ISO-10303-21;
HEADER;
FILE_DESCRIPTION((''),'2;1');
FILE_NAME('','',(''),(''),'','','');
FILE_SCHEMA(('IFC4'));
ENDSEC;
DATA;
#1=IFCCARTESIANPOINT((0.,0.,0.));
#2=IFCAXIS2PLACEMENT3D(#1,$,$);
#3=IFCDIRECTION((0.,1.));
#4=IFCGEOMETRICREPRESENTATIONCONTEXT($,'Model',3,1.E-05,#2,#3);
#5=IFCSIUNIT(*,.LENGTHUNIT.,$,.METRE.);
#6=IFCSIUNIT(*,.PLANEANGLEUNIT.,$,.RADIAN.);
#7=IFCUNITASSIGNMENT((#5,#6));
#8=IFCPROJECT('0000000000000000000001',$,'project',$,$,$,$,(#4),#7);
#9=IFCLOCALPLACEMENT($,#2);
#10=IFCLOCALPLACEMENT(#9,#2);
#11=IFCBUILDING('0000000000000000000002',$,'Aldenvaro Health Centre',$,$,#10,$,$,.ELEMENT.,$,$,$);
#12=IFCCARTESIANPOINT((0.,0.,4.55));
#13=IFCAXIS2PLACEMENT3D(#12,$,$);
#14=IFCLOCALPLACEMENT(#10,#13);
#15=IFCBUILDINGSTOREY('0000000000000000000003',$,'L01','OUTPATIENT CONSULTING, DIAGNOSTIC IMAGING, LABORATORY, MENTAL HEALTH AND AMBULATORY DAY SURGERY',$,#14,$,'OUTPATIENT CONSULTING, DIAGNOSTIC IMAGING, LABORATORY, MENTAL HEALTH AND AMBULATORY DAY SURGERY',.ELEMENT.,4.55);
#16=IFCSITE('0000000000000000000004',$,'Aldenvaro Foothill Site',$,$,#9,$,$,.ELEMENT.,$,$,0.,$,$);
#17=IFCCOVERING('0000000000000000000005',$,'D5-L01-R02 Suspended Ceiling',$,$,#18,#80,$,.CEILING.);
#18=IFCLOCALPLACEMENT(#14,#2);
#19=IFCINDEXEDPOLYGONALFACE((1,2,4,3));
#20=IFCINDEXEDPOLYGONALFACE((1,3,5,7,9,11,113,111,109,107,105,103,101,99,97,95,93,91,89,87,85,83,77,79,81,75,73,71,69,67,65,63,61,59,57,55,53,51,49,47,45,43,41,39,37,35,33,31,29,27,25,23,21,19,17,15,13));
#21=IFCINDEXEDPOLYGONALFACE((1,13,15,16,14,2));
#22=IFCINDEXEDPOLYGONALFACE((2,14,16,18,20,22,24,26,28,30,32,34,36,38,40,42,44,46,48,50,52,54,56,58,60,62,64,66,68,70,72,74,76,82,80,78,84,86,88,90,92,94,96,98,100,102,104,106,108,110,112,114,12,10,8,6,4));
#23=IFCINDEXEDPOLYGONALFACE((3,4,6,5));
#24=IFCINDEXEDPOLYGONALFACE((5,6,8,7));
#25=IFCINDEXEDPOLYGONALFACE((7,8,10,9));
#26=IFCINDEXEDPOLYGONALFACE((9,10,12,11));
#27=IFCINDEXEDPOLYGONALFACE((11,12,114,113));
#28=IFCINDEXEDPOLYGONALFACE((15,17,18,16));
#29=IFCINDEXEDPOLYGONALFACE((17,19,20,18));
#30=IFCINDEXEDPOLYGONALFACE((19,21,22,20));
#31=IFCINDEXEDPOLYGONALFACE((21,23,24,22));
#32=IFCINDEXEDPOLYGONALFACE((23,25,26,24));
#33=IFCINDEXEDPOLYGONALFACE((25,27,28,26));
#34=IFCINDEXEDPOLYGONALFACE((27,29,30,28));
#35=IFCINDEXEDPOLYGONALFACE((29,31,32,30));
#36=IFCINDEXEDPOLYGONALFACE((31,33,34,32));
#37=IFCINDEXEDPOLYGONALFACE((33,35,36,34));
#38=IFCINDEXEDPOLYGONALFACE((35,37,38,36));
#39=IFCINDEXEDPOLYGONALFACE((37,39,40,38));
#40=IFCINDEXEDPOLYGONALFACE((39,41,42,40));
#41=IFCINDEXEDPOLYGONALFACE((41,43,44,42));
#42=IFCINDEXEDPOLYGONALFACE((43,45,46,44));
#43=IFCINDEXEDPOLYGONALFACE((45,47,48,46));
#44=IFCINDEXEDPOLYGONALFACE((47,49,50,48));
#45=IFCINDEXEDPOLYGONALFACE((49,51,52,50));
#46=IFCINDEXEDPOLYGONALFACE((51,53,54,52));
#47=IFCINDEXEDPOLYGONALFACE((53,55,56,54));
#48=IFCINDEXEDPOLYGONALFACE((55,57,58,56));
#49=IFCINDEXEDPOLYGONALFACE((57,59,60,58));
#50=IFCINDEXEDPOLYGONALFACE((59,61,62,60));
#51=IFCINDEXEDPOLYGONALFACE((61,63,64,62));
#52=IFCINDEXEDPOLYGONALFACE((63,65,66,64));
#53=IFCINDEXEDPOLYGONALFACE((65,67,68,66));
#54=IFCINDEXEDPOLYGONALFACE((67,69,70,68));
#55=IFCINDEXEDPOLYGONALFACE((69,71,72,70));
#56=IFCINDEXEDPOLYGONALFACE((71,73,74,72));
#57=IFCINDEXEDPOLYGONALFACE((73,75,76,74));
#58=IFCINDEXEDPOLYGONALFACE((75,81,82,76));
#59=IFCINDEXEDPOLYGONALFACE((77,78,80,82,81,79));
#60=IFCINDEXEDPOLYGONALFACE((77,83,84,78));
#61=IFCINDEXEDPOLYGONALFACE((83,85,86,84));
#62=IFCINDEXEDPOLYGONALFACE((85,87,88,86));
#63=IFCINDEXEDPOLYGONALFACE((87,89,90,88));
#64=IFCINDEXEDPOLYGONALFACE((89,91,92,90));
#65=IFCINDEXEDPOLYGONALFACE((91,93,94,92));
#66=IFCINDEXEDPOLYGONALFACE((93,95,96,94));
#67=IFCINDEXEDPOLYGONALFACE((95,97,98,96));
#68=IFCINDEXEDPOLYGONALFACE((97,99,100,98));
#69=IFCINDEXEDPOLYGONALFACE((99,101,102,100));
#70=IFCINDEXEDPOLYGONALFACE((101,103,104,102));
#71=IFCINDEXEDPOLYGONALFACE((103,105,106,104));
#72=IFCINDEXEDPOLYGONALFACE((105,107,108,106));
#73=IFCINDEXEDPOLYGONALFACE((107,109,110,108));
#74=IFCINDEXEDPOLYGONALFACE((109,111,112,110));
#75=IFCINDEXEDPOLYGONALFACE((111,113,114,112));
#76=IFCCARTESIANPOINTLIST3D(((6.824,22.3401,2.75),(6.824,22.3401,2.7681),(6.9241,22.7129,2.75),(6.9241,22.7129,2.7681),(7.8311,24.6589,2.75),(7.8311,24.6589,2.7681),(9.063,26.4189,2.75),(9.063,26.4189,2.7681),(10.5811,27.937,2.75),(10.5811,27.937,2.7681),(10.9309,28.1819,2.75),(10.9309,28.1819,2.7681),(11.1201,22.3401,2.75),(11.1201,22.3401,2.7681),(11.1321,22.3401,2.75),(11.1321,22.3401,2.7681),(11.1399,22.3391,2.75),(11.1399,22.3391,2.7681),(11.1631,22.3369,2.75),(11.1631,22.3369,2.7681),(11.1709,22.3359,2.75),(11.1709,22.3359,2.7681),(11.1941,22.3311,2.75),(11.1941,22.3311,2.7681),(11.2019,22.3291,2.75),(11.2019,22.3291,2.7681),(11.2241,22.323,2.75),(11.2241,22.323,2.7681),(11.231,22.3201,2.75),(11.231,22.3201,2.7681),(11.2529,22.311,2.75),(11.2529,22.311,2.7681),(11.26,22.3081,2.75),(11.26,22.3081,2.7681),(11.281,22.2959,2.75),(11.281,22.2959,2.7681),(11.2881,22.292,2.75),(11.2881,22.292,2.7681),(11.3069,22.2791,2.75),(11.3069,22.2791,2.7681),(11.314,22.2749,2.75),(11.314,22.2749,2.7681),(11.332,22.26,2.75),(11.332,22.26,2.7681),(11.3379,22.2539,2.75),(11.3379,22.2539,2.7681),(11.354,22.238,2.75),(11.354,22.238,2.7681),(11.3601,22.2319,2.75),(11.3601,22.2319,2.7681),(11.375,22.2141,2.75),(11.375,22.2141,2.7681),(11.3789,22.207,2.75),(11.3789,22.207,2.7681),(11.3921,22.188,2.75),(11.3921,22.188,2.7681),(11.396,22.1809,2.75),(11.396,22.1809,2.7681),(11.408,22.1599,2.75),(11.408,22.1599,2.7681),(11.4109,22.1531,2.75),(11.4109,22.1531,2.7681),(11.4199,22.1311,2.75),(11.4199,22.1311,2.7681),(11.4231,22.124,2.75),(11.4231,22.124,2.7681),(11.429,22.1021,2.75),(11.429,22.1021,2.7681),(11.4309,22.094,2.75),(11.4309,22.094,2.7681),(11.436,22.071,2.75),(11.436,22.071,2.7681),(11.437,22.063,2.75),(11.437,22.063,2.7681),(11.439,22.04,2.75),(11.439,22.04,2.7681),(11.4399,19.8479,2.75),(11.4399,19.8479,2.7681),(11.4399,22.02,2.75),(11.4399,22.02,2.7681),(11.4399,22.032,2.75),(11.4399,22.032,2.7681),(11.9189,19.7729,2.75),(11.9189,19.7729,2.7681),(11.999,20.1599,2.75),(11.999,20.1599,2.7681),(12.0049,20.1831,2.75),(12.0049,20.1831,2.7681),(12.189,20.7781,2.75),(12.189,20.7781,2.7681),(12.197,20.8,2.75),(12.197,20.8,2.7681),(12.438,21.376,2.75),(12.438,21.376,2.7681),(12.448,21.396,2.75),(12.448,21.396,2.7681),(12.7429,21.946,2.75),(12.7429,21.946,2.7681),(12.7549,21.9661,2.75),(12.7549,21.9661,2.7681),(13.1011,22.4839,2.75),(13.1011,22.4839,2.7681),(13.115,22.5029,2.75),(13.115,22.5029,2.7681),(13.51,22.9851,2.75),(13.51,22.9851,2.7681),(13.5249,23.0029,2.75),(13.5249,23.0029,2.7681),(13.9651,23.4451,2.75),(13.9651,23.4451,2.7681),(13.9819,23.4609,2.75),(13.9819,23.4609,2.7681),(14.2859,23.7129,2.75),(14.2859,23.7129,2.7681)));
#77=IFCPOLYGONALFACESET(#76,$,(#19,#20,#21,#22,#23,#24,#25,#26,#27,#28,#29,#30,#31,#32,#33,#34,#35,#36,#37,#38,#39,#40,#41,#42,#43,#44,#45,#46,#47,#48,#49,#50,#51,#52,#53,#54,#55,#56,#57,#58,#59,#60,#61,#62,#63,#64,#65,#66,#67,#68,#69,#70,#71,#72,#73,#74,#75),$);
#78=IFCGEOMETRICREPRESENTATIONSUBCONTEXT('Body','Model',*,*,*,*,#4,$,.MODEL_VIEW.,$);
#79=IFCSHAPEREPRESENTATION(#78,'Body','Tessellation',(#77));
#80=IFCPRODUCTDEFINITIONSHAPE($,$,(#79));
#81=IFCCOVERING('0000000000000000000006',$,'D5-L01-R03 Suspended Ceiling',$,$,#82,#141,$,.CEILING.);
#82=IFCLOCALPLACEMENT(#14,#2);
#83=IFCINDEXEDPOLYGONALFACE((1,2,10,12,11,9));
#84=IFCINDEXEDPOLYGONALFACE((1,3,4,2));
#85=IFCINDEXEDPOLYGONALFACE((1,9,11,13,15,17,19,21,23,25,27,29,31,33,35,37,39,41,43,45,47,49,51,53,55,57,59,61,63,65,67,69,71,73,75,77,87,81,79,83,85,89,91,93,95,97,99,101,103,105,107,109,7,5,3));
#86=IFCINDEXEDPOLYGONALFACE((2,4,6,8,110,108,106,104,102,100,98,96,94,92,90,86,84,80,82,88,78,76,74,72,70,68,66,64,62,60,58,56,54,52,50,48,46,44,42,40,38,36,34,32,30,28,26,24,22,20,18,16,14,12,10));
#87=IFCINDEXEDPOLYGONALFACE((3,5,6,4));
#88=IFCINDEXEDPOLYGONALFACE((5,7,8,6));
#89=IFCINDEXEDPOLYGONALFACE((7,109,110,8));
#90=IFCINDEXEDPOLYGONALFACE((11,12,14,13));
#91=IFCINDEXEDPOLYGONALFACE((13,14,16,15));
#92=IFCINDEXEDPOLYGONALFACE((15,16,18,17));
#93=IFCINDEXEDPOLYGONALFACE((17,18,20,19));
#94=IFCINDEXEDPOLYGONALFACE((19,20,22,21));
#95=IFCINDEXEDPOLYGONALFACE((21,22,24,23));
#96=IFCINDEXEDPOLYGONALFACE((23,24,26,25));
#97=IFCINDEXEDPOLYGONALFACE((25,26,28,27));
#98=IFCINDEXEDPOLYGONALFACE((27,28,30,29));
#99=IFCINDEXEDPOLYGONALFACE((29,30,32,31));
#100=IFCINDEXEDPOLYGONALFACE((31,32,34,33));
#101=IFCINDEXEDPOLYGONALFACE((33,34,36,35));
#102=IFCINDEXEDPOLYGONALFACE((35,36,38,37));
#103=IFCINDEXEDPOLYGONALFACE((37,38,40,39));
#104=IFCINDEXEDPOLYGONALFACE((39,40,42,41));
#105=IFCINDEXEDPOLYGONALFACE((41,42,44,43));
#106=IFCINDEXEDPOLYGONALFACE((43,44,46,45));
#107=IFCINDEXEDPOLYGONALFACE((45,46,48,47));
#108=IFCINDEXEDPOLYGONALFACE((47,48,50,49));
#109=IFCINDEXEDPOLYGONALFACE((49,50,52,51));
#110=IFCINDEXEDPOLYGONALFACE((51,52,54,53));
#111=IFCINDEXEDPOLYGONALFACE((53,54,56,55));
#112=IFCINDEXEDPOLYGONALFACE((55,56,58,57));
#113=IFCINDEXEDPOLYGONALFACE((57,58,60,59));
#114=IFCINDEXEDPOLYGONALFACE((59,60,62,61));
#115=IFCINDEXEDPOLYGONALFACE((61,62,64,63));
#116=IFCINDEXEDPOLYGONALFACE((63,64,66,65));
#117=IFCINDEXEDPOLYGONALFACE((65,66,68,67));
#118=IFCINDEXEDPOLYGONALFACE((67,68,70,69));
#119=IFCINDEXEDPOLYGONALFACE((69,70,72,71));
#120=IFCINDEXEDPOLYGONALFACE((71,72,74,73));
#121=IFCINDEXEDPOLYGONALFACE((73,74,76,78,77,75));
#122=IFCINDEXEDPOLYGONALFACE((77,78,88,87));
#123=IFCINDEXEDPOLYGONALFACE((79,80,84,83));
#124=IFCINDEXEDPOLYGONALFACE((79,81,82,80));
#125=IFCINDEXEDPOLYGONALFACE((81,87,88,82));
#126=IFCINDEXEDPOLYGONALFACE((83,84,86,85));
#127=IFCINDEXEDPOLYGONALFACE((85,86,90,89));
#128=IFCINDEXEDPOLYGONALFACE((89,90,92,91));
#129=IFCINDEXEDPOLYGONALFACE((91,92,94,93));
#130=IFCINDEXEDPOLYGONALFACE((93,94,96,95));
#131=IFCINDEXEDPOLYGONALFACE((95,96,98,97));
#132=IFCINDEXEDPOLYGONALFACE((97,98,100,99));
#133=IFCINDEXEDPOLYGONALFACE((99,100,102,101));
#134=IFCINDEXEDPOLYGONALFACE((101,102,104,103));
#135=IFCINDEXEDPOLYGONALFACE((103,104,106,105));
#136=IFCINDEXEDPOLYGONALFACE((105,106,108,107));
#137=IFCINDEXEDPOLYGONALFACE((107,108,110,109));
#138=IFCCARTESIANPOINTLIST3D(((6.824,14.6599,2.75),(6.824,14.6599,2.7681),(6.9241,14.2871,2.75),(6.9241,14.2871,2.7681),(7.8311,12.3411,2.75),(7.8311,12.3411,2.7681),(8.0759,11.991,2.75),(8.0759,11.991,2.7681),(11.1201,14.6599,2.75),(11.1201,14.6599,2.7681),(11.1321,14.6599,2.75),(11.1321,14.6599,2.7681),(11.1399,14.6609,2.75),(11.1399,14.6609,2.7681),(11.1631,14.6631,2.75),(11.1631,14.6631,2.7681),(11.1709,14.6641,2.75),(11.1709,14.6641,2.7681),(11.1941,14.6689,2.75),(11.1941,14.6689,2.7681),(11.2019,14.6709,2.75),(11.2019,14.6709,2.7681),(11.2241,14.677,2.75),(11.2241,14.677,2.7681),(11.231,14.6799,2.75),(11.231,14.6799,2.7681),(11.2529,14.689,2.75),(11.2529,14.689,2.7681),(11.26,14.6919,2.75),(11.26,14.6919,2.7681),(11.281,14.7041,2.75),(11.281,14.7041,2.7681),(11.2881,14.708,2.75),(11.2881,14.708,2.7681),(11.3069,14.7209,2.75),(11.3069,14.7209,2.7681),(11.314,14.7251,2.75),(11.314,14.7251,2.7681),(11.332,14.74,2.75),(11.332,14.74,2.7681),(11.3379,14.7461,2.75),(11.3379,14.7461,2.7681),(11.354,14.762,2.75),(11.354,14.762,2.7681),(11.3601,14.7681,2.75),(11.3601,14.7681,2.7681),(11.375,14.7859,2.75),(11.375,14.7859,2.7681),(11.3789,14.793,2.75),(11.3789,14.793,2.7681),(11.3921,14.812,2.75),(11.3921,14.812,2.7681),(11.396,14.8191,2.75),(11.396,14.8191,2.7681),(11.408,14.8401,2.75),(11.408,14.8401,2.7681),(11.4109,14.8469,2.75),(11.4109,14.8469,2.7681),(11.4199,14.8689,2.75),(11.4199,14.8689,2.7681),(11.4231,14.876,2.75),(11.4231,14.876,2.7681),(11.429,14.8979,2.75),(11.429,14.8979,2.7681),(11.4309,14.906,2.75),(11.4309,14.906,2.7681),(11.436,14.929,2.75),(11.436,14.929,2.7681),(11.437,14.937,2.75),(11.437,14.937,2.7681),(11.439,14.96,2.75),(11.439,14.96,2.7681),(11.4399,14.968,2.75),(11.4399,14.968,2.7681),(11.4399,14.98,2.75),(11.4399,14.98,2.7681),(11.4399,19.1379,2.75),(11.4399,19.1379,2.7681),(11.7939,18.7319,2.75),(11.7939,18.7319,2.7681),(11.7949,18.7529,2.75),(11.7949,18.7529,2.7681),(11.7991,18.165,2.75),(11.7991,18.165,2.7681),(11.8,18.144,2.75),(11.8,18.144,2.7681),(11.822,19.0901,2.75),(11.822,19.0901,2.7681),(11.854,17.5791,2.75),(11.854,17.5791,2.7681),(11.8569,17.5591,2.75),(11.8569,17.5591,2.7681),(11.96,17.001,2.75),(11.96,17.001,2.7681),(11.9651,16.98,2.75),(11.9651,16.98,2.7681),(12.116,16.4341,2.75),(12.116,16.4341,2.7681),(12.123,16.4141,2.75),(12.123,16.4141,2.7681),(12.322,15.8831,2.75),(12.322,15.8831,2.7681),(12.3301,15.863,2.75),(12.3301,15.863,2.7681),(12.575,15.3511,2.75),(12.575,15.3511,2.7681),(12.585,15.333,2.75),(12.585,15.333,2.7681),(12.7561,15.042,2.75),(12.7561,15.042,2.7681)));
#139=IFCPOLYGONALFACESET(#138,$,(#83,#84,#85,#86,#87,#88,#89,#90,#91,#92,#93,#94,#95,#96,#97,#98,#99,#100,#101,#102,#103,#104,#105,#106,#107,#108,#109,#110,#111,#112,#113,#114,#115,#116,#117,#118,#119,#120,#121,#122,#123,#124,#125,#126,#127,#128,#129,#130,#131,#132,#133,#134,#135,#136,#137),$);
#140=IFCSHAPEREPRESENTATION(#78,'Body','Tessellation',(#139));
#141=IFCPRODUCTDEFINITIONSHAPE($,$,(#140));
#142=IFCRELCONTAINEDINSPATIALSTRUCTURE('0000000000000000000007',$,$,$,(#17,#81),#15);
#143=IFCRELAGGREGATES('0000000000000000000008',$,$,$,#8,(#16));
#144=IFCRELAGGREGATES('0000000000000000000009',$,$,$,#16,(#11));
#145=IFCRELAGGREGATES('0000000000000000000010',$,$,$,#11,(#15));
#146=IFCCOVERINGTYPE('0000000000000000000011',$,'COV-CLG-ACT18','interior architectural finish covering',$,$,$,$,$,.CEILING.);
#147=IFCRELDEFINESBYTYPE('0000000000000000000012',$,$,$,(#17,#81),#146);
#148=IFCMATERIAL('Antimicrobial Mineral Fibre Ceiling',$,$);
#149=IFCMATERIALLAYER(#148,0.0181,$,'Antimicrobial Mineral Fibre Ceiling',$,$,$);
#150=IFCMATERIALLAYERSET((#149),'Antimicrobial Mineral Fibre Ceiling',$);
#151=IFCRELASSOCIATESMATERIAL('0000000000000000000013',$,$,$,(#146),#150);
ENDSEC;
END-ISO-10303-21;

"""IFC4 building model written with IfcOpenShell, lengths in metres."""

from ifc_helpers import new_model, si_unit, direction, frame, origin, place, context, subcontext, project, spatial, polyline, outline, extrude, material, layer, layer_set, type_object, element, save


model = new_model("IFC4")

# Units and contexts
model_context = context("Model", 3, precision=1e-05, world=origin(), true_north=direction((0.0, 1.0)))
body_context = subcontext(model_context, "Body", "Model", "MODEL_VIEW")
ifc_project = project(units=[si_unit("LENGTHUNIT", "METRE"), si_unit("PLANEANGLEUNIT", "RADIAN")], contexts=[model_context])

# Site, building, storey
site_placement = place(None, origin())
site = spatial("IfcSite", under=ifc_project, at=site_placement, Name="Aldenvaro Foothill Site", CompositionType="ELEMENT", RefElevation=0.0)
building_placement = place(site_placement, origin())
building = spatial("IfcBuilding", under=site, at=building_placement, Name="Aldenvaro Health Centre", CompositionType="ELEMENT")
storey_placement = place(building_placement, frame((0.0, 0.0, 4.55)))
storey = spatial("IfcBuildingStorey", under=building, at=storey_placement, Name="L01", Description="OUTPATIENT CONSULTING, DIAGNOSTIC IMAGING, LABORATORY, MENTAL HEALTH AND AMBULATORY DAY SURGERY", LongName="OUTPATIENT CONSULTING, DIAGNOSTIC IMAGING, LABORATORY, MENTAL HEALTH AND AMBULATORY DAY SURGERY", CompositionType="ELEMENT", Elevation=4.55)

# Coverings
ifc_material_1 = material(Name="Antimicrobial Mineral Fibre Ceiling")
ifc_layer_1 = layer(ifc_material_1, 0.0181, Name="Antimicrobial Mineral Fibre Ceiling")
ifc_layer_set_1 = layer_set([ifc_layer_1], Name="Antimicrobial Mineral Fibre Ceiling")
covering_type_1 = type_object("IfcCoveringType", Name="COV-CLG-ACT18", Description="interior architectural finish covering", PredefinedType="CEILING", material=ifc_layer_set_1)
covering_1_placement = place(storey_placement, frame((0.0, 0.0, 2.75)))
element("IfcCovering", 1, at=covering_1_placement, inside=storey, type_object=covering_type_1, Name="D5-L01-R02 Suspended Ceiling", PredefinedType="CEILING", context=body_context, shape_type="SweptSolid", body=[
    extrude(outline(polyline([(13.9819, 23.4609), (13.9651, 23.4451), (13.5249, 23.0029), (13.51, 22.9851), (13.115, 22.5029), (13.1011, 22.4839), (12.7549, 21.9661), (12.7429, 21.946), (12.448, 21.396), (12.438, 21.376), (12.197, 20.8), (12.189, 20.7781), (12.0049, 20.1831), (11.999, 20.1599), (11.9189, 19.7729), (11.4399, 19.8479), (11.4399, 22.02), (11.4399, 22.032), (11.439, 22.04), (11.437, 22.063), (11.436, 22.071), (11.4309, 22.094), (11.429, 22.1021), (11.4231, 22.124), (11.4199, 22.1311), (11.4109, 22.1531), (11.408, 22.1599), (11.396, 22.1809), (11.3921, 22.188), (11.3789, 22.207), (11.375, 22.2141), (11.3601, 22.2319), (11.354, 22.238), (11.3379, 22.2539), (11.332, 22.26), (11.314, 22.2749), (11.3069, 22.2791), (11.2881, 22.292), (11.281, 22.2959), (11.26, 22.3081), (11.2529, 22.311), (11.231, 22.3201), (11.2241, 22.323), (11.2019, 22.3291), (11.1941, 22.3311), (11.1709, 22.3359), (11.1631, 22.3369), (11.1399, 22.3391), (11.1321, 22.3401), (11.1201, 22.3401), (6.824, 22.3401), (6.9241, 22.7129), (7.8311, 24.6589), (9.063, 26.4189), (10.5811, 27.937), (10.9309, 28.1819), (14.2859, 23.7129), (13.9819, 23.4609)])), origin(), (0.0, 0.0, 1.0), 0.0181),
])
covering_2_placement = place(storey_placement, frame((0.0, 0.0, 2.75)))
element("IfcCovering", 2, at=covering_2_placement, inside=storey, type_object=covering_type_1, Name="D5-L01-R03 Suspended Ceiling", PredefinedType="CEILING", context=body_context, shape_type="SweptSolid", body=[
    extrude(outline(polyline([(11.7949, 18.7529), (11.7939, 18.7319), (11.7991, 18.165), (11.8, 18.144), (11.854, 17.5791), (11.8569, 17.5591), (11.96, 17.001), (11.9651, 16.98), (12.116, 16.4341), (12.123, 16.4141), (12.322, 15.8831), (12.3301, 15.863), (12.575, 15.3511), (12.585, 15.333), (12.7561, 15.042), (8.0759, 11.991), (7.8311, 12.3411), (6.9241, 14.2871), (6.824, 14.6599), (11.1201, 14.6599), (11.1321, 14.6599), (11.1399, 14.6609), (11.1631, 14.6631), (11.1709, 14.6641), (11.1941, 14.6689), (11.2019, 14.6709), (11.2241, 14.677), (11.231, 14.6799), (11.2529, 14.689), (11.26, 14.6919), (11.281, 14.7041), (11.2881, 14.708), (11.3069, 14.7209), (11.314, 14.7251), (11.332, 14.74), (11.3379, 14.7461), (11.354, 14.762), (11.3601, 14.7681), (11.375, 14.7859), (11.3789, 14.793), (11.3921, 14.812), (11.396, 14.8191), (11.408, 14.8401), (11.4109, 14.8469), (11.4199, 14.8689), (11.4231, 14.876), (11.429, 14.8979), (11.4309, 14.906), (11.436, 14.929), (11.437, 14.937), (11.439, 14.96), (11.4399, 14.968), (11.4399, 14.98), (11.4399, 19.1379), (11.822, 19.0901), (11.7949, 18.7529)])), origin(), (0.0, 0.0, 1.0), 0.0181),
])

save(model, "model.ifc")
